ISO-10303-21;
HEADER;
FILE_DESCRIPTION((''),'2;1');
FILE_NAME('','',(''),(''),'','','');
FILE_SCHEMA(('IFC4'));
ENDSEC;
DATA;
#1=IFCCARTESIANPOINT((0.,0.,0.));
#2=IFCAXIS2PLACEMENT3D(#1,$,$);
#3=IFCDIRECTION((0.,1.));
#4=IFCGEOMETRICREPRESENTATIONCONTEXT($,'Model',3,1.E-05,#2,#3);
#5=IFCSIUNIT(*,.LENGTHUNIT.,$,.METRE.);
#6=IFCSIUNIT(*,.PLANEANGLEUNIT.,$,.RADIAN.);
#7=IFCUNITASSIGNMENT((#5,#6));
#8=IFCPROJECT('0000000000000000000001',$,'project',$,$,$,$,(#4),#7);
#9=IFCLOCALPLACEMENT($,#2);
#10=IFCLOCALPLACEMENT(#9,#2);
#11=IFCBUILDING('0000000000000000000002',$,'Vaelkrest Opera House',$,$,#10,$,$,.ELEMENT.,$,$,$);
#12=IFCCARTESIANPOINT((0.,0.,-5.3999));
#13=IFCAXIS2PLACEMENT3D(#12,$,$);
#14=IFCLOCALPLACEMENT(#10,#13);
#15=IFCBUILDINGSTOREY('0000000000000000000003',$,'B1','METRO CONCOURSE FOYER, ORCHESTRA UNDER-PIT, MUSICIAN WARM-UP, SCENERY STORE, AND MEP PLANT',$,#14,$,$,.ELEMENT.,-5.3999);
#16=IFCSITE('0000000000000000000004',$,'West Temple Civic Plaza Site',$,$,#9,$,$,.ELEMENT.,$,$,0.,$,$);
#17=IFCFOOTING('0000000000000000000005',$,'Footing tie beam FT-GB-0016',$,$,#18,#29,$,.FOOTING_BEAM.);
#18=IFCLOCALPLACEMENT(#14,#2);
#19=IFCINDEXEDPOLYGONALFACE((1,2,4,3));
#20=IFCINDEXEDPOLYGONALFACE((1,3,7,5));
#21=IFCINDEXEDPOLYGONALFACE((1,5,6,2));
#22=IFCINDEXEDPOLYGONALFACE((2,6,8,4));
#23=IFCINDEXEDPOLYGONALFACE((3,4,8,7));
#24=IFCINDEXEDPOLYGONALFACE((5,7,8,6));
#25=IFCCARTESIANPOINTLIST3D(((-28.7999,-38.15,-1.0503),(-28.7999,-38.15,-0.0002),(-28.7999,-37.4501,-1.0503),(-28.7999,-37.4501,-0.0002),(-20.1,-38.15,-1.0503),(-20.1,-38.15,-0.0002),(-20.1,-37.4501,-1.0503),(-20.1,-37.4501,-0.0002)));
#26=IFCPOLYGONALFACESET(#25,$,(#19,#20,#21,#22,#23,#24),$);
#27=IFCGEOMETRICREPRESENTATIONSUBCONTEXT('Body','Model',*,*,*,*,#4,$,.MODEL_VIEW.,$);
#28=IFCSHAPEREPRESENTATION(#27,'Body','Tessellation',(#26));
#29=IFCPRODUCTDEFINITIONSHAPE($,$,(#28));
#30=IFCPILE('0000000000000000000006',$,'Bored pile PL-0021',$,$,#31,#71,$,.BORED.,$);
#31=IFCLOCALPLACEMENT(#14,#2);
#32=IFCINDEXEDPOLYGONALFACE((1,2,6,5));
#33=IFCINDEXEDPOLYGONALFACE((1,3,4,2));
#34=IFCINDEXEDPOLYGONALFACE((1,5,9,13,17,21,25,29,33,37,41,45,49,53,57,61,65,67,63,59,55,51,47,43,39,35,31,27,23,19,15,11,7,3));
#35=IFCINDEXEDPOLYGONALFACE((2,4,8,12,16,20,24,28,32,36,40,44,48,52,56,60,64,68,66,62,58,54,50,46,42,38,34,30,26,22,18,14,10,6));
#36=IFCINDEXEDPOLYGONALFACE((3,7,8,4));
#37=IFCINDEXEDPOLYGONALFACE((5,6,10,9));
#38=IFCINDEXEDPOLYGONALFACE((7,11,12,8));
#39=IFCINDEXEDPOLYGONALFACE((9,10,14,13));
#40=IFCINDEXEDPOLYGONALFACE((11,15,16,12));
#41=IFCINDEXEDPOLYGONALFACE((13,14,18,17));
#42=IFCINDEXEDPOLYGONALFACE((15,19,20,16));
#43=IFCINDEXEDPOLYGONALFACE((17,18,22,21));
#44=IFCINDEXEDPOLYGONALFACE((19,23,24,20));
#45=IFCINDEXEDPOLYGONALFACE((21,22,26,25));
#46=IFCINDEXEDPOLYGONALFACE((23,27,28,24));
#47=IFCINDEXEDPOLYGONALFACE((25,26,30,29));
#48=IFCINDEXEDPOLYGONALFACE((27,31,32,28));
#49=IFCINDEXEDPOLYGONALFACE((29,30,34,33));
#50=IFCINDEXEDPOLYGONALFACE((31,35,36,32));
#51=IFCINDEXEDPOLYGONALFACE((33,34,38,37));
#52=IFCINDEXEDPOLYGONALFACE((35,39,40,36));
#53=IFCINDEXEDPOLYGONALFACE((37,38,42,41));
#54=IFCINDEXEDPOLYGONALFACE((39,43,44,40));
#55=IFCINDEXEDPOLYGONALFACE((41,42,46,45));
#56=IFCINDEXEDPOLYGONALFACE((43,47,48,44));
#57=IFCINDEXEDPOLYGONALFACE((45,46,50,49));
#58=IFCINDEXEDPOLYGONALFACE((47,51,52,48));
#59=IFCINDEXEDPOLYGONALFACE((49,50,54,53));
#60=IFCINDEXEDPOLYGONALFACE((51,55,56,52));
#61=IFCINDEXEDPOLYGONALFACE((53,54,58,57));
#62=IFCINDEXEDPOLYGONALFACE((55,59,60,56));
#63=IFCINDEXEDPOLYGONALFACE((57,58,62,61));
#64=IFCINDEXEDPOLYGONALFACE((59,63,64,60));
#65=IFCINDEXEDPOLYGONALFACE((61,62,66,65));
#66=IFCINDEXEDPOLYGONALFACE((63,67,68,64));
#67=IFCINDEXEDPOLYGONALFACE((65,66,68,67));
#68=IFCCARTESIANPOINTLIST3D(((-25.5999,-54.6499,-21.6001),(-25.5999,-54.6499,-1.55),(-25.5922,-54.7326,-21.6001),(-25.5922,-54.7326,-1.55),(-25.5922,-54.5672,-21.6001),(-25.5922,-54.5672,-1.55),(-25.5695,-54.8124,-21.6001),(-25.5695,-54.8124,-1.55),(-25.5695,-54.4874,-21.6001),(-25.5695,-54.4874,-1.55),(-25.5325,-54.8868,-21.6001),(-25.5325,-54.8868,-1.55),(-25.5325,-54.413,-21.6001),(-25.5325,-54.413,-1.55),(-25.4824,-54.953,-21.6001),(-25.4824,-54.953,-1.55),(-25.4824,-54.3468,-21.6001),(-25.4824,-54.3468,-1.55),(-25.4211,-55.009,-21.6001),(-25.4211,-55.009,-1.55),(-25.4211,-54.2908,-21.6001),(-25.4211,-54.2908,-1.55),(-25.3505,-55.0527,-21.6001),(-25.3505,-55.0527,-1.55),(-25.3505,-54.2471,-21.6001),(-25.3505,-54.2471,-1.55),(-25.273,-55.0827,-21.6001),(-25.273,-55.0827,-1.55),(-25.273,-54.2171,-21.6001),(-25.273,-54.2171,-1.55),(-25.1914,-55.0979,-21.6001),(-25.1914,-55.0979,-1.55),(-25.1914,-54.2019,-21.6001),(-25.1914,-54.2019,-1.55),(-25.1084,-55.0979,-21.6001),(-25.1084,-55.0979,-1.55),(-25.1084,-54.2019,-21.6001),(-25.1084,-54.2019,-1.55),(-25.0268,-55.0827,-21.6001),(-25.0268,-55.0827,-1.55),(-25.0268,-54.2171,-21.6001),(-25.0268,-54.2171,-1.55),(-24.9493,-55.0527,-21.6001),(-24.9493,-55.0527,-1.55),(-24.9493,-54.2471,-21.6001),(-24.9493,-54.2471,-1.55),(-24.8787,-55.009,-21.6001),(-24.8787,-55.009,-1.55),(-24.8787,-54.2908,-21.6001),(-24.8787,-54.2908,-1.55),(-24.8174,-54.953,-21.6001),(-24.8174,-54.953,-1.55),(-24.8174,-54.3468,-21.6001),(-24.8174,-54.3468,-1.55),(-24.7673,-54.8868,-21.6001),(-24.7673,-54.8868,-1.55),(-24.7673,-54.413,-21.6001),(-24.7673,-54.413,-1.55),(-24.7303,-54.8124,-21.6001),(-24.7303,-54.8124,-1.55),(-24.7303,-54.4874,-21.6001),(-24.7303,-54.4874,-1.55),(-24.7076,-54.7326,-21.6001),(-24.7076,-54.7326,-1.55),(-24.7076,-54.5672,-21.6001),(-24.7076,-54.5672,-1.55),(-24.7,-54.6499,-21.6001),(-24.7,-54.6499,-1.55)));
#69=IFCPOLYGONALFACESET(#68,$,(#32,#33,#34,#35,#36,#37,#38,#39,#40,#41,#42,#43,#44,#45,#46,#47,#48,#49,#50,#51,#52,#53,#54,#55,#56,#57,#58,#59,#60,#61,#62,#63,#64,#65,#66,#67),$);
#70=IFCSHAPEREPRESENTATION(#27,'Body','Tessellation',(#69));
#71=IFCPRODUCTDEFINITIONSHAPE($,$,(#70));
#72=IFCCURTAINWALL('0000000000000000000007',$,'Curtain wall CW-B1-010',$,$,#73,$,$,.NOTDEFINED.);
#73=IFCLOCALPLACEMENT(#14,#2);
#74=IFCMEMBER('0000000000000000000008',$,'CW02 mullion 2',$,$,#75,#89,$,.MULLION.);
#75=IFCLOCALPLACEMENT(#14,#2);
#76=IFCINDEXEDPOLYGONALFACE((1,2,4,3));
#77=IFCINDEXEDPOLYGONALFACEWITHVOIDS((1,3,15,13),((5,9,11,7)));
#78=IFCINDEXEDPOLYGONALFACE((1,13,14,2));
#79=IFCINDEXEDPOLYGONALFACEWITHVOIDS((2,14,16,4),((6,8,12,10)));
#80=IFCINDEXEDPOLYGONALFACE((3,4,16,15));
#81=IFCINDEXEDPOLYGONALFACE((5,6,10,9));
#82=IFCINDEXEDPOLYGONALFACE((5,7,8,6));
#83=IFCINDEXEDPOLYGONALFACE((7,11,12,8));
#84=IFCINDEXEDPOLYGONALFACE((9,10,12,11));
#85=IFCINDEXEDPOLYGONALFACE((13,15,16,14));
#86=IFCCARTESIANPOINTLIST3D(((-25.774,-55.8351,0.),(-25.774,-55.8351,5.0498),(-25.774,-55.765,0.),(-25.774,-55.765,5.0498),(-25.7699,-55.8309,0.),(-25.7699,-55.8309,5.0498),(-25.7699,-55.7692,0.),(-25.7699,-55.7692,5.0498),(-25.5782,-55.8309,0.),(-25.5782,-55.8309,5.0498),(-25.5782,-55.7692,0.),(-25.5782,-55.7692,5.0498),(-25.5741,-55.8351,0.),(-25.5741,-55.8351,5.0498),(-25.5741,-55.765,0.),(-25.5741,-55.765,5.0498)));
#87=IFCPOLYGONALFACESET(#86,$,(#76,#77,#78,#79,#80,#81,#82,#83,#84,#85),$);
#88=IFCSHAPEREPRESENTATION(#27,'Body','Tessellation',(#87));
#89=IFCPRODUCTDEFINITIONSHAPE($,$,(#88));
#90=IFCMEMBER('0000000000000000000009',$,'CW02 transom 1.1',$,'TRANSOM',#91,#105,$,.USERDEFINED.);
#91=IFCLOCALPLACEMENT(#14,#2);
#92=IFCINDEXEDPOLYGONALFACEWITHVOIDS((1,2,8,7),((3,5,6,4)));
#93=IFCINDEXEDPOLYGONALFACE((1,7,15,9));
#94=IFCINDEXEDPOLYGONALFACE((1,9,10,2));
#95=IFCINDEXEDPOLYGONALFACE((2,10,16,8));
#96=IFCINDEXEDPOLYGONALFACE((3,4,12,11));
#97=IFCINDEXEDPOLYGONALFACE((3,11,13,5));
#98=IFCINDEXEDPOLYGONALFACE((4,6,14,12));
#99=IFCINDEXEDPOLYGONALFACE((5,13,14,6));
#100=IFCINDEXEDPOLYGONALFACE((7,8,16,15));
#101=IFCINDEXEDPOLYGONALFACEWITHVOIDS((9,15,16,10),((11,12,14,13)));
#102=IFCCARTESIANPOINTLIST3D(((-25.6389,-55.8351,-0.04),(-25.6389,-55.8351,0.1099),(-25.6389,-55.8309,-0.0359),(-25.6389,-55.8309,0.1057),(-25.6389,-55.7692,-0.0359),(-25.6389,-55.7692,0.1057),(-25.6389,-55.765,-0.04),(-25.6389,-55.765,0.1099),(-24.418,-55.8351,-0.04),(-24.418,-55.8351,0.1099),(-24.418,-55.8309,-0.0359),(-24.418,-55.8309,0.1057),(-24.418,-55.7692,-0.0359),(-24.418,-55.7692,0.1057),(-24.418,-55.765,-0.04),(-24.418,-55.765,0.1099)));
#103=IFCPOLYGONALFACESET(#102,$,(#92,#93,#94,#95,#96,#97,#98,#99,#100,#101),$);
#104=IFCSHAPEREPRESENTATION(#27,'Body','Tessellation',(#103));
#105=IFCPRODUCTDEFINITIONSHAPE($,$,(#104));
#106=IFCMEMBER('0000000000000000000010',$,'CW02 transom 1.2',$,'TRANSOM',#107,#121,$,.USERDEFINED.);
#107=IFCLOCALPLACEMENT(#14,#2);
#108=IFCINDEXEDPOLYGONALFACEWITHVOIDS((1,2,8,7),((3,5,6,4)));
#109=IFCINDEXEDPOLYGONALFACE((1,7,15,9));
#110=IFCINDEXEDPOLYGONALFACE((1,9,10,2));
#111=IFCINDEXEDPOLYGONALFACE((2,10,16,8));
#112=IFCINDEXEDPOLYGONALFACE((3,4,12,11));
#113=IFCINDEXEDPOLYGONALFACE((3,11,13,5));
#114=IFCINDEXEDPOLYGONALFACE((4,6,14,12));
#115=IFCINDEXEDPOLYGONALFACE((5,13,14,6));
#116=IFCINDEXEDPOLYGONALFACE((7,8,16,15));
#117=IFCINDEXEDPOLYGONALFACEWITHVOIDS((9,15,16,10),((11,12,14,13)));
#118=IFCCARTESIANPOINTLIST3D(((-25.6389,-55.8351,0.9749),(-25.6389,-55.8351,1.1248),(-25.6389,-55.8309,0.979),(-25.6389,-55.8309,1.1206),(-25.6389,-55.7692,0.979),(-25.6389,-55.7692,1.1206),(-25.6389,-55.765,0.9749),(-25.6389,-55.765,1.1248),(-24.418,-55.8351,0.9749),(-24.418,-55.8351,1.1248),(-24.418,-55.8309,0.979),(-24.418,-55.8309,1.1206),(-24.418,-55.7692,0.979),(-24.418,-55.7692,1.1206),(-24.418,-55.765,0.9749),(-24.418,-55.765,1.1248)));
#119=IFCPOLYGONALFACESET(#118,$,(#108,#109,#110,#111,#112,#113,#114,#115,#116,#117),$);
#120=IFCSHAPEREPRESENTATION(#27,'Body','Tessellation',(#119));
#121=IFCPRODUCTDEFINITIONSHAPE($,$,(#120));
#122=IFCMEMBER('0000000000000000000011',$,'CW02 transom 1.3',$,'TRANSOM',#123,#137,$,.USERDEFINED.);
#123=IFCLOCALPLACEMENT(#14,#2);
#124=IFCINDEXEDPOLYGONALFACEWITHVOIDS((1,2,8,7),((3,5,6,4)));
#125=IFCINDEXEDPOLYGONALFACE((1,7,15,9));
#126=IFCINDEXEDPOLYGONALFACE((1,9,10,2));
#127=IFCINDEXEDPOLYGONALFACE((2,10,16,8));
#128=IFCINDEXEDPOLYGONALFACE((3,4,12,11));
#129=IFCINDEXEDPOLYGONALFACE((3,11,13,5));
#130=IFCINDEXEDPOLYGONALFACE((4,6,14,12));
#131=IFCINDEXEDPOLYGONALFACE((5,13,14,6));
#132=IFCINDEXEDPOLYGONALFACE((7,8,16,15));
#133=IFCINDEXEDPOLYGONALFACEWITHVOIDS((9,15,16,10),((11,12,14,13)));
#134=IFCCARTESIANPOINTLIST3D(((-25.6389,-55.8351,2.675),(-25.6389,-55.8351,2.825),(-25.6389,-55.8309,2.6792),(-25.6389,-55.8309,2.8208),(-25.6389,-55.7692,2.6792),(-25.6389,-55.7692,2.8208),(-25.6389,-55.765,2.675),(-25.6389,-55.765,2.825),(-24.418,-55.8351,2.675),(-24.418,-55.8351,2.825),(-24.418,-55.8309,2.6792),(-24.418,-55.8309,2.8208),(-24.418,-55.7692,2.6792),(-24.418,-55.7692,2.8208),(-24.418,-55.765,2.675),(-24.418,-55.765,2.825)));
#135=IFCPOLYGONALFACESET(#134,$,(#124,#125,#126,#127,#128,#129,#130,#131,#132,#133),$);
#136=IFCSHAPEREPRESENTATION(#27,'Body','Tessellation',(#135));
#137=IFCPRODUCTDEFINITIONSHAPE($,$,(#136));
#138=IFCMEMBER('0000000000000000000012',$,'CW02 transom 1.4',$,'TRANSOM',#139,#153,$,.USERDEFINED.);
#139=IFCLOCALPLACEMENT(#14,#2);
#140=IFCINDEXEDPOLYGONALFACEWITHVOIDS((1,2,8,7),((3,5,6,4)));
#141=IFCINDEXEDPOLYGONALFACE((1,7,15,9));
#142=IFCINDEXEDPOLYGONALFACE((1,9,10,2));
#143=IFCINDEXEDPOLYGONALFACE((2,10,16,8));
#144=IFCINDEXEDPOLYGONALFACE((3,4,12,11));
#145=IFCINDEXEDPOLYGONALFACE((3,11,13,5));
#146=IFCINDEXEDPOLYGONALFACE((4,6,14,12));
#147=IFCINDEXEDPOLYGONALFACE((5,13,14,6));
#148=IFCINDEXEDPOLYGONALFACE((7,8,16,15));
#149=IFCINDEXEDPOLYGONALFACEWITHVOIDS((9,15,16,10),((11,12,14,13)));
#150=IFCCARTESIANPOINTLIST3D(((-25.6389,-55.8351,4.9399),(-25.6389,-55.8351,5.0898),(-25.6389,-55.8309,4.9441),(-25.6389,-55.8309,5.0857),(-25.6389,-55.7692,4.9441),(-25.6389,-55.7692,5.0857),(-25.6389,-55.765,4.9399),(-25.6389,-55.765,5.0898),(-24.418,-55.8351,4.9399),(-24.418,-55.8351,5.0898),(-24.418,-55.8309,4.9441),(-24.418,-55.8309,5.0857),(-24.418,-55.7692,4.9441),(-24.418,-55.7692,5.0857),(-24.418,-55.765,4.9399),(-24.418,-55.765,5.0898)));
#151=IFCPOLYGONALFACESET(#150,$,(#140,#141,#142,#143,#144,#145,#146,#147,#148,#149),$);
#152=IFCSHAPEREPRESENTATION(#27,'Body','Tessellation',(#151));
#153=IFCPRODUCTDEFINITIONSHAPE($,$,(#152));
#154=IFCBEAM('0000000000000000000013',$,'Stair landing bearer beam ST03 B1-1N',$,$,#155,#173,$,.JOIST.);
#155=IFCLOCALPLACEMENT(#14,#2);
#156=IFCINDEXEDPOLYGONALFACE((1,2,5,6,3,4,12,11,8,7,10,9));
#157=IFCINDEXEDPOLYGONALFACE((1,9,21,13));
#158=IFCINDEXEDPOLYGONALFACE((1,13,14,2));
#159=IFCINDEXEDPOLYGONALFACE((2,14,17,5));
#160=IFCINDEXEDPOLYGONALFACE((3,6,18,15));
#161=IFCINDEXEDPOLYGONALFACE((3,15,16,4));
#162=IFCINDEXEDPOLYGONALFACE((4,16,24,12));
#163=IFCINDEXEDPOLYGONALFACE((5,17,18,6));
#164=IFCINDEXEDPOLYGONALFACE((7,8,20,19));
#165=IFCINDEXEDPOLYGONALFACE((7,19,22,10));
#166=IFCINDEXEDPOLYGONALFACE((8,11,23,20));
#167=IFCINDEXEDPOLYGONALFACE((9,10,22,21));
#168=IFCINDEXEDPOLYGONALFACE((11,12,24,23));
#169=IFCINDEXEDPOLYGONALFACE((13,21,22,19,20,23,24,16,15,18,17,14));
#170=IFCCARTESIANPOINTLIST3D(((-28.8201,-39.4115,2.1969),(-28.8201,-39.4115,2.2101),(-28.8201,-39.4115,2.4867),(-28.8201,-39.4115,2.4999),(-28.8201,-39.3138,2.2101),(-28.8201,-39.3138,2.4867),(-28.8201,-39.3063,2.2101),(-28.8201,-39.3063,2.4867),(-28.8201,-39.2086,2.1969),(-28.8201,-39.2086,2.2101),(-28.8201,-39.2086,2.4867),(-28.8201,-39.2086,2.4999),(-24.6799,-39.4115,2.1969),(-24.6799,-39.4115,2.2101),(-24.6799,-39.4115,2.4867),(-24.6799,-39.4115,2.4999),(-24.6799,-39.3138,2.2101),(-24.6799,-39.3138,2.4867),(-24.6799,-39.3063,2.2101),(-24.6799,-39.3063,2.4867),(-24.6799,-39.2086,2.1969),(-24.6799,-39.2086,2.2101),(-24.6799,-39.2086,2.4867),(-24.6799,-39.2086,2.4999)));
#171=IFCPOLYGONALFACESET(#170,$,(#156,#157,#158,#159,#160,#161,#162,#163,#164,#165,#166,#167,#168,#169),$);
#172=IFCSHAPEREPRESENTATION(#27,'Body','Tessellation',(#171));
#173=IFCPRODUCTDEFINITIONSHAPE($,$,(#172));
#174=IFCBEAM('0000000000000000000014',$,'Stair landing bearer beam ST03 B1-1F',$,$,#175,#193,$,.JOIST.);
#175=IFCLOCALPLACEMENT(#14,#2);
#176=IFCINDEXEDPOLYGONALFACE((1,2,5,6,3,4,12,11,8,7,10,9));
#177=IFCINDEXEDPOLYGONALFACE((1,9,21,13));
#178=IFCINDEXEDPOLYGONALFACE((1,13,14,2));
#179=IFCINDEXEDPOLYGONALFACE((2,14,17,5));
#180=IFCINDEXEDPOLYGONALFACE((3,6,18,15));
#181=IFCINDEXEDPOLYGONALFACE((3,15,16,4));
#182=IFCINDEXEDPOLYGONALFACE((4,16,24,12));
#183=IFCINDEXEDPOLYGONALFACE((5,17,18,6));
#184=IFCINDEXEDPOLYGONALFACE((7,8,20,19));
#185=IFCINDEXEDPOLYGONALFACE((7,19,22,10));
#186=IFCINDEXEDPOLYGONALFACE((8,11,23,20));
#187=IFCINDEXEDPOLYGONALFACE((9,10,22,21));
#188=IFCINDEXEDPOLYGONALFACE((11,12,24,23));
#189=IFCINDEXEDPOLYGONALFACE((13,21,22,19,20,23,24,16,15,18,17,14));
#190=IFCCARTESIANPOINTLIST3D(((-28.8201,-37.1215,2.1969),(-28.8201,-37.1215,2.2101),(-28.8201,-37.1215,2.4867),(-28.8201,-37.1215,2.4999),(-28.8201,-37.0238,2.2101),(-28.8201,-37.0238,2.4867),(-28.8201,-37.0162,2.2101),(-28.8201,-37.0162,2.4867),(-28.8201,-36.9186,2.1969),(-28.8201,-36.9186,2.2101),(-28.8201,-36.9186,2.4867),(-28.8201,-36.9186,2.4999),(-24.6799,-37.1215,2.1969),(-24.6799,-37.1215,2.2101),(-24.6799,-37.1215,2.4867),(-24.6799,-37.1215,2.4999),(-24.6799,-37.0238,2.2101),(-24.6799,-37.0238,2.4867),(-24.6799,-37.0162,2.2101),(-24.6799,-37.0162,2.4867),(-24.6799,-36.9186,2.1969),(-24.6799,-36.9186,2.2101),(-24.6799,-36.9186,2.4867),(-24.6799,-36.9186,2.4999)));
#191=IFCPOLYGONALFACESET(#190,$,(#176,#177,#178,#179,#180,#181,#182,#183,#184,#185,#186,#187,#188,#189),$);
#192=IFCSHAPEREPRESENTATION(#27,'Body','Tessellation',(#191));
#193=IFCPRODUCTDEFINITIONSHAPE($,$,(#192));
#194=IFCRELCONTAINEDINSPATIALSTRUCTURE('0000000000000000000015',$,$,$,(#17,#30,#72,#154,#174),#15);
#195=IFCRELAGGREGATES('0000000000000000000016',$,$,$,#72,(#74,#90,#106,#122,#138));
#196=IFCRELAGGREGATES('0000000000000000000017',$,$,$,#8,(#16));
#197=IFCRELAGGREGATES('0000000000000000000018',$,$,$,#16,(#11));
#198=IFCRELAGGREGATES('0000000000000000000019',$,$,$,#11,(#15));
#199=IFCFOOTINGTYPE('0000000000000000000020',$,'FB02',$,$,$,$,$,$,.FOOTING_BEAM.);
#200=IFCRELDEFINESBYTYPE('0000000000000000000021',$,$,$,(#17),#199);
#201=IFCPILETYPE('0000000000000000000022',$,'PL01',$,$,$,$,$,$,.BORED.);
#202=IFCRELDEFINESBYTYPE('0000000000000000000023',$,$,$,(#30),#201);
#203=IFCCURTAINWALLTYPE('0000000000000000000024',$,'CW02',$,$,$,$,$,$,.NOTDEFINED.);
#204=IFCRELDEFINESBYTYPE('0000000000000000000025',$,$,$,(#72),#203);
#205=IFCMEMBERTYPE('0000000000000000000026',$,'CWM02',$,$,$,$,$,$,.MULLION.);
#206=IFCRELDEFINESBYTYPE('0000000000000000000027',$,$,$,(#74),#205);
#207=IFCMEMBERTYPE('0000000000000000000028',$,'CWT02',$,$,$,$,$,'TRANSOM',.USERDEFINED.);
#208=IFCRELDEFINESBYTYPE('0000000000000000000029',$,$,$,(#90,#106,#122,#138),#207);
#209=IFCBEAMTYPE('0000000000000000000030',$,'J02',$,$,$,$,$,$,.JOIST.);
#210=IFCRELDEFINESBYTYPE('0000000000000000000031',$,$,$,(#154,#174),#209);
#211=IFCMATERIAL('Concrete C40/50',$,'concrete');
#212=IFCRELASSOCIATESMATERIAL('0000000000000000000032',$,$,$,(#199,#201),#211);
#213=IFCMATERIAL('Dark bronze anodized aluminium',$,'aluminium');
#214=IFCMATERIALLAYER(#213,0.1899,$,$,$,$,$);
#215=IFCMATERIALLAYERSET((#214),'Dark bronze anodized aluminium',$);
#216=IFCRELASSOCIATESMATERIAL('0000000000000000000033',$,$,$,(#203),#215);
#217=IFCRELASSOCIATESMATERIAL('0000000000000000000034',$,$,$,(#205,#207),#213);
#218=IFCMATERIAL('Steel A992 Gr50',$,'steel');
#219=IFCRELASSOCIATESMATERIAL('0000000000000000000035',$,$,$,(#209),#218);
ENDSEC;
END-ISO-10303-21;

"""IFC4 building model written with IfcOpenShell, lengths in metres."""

from ifc_helpers import new_model, si_unit, direction, frame, origin, origin_2d, place, context, subcontext, project, spatial, rectangle, hollow_rectangle, circle, i_section, extrude, material, layer, layer_set, material_profile, profile_set, type_object, element, aggregate, save


model = new_model("IFC4")

# Units and contexts
model_context = context("Model", 3, precision=1e-05, world=origin(), true_north=direction((0.0, 1.0)))
body_context = subcontext(model_context, "Body", "Model", "MODEL_VIEW")
ifc_project = project(units=[si_unit("LENGTHUNIT", "METRE"), si_unit("PLANEANGLEUNIT", "RADIAN")], contexts=[model_context])

# Site, building, storey
site_placement = place(None, origin())
site = spatial("IfcSite", under=ifc_project, at=site_placement, Name="West Temple Civic Plaza Site", CompositionType="ELEMENT", RefElevation=0.0)
building_placement = place(site_placement, origin())
building = spatial("IfcBuilding", under=site, at=building_placement, Name="Vaelkrest Opera House", CompositionType="ELEMENT")
storey_placement = place(building_placement, frame((0.0, 0.0, -5.3999)))
storey = spatial("IfcBuildingStorey", under=building, at=storey_placement, Name="B1", Description="METRO CONCOURSE FOYER, ORCHESTRA UNDER-PIT, MUSICIAN WARM-UP, SCENERY STORE, AND MEP PLANT", CompositionType="ELEMENT", Elevation=-5.3999)

# Footing
ifc_material_1 = material(Name="Concrete C40/50", Category="concrete")
footing_type = type_object("IfcFootingType", Name="FB02", PredefinedType="FOOTING_BEAM", material=ifc_material_1)
footing_placement = place(storey_placement, frame((-24.45, -37.8, -1.0503), z_axis=(0.0, 0.0, 1.0), x_axis=(1.0, 0.0, 0.0)))
element("IfcFooting", 1, at=footing_placement, inside=storey, type_object=footing_type, Name="Footing tie beam FT-GB-0016", PredefinedType="FOOTING_BEAM", context=body_context, shape_type="SweptSolid", body=[
    extrude(rectangle(XDim=8.7, YDim=0.7, at=origin_2d()), origin(), (0.0, 0.0, 1.0), 1.05),
])

# Pile
ifc_material_profile_1 = material_profile(ifc_material_1, circle(Radius=0.45, at=origin_2d()), Name="PILE900")
ifc_profile_set_1 = profile_set([ifc_material_profile_1], Name="Concrete C40/50")
pile_type = type_object("IfcPileType", Name="PL01", PredefinedType="BORED", material=ifc_profile_set_1)
pile_placement = place(storey_placement, frame((-25.1499, -54.6499, -1.55), z_axis=(0.0, 0.0, -1.0), x_axis=(1.0, 0.0, 0.0)))
element("IfcPile", 2, at=pile_placement, inside=storey, type_object=pile_type, Name="Bored pile PL-0021", PredefinedType="BORED", context=body_context, shape_type="SweptSolid", body=[
    extrude(circle(Radius=0.45, at=origin_2d()), origin(), (0.0, 0.0, 1.0), 20.05),
])

# Curtain wall, members
ifc_material_2 = material(Name="Dark bronze anodized aluminium", Category="aluminium")
ifc_layer_1 = layer(ifc_material_2, 0.1899)
ifc_layer_set_1 = layer_set([ifc_layer_1], Name="Dark bronze anodized aluminium")
curtain_wall_type = type_object("IfcCurtainWallType", Name="CW02", PredefinedType="NOTDEFINED", material=ifc_layer_set_1)
curtain_wall_placement = place(storey_placement, origin())
curtain_wall = element("IfcCurtainWall", 3, at=curtain_wall_placement, inside=storey, type_object=curtain_wall_type, Name="Curtain wall CW-B1-010", PredefinedType="NOTDEFINED")
ifc_material_profile_2 = material_profile(ifc_material_2, hollow_rectangle(XDim=0.0701, YDim=0.2, WallThickness=0.0042, at=origin_2d()), Name="CWM70X200")
ifc_profile_set_2 = profile_set([ifc_material_profile_2], Name="Dark bronze anodized aluminium")
member_type_1 = type_object("IfcMemberType", Name="CWM02", PredefinedType="MULLION", material=ifc_profile_set_2)
member_1_placement = place(storey_placement, frame((-25.6741, -55.8, 0.0), z_axis=(0.0, 0.0, 1.0), x_axis=(0.0, -1.0, 0.0)))
member_1 = element("IfcMember", 4, at=member_1_placement, type_object=member_type_1, Name="CW02 mullion 2", PredefinedType="MULLION", context=body_context, shape_type="SweptSolid", body=[
    extrude(hollow_rectangle(XDim=0.0701, YDim=0.2, WallThickness=0.0042, at=origin_2d()), origin(), (0.0, 0.0, 1.0), 5.0498),
])
ifc_material_profile_3 = material_profile(ifc_material_2, hollow_rectangle(XDim=0.0701, YDim=0.1499, WallThickness=0.0042, at=origin_2d()), Name="CWT70X150")
ifc_profile_set_3 = profile_set([ifc_material_profile_3], Name="Dark bronze anodized aluminium")
member_type_2 = type_object("IfcMemberType", Name="CWT02", ElementType="TRANSOM", PredefinedType="USERDEFINED", material=ifc_profile_set_3)
member_2_placement = place(storey_placement, frame((-24.418, -55.8, 0.0349), z_axis=(-1.0, 0.0, 0.0), x_axis=(0.0, -1.0, 0.0)))
member_2 = element("IfcMember", 5, at=member_2_placement, type_object=member_type_2, Name="CW02 transom 1.1", ObjectType="TRANSOM", PredefinedType="USERDEFINED", context=body_context, shape_type="SweptSolid", body=[
    extrude(hollow_rectangle(XDim=0.0701, YDim=0.1499, WallThickness=0.0042, at=origin_2d()), origin(), (0.0, 0.0, 1.0), 1.2209),
])
member_3_placement = place(storey_placement, frame((-24.418, -55.8, 1.0498), z_axis=(-1.0, 0.0, 0.0), x_axis=(0.0, -1.0, 0.0)))
member_3 = element("IfcMember", 6, at=member_3_placement, type_object=member_type_2, Name="CW02 transom 1.2", ObjectType="TRANSOM", PredefinedType="USERDEFINED", context=body_context, shape_type="SweptSolid", body=[
    extrude(hollow_rectangle(XDim=0.0701, YDim=0.1499, WallThickness=0.0042, at=origin_2d()), origin(), (0.0, 0.0, 1.0), 1.2209),
])
member_4_placement = place(storey_placement, frame((-24.418, -55.8, 2.75), z_axis=(-1.0, 0.0, 0.0), x_axis=(0.0, -1.0, 0.0)))
member_4 = element("IfcMember", 7, at=member_4_placement, type_object=member_type_2, Name="CW02 transom 1.3", ObjectType="TRANSOM", PredefinedType="USERDEFINED", context=body_context, shape_type="SweptSolid", body=[
    extrude(hollow_rectangle(XDim=0.0701, YDim=0.1499, WallThickness=0.0042, at=origin_2d()), origin(), (0.0, 0.0, 1.0), 1.2209),
])
member_5_placement = place(storey_placement, frame((-24.418, -55.8, 5.0149), z_axis=(-1.0, 0.0, 0.0), x_axis=(0.0, -1.0, 0.0)))
member_5 = element("IfcMember", 8, at=member_5_placement, type_object=member_type_2, Name="CW02 transom 1.4", ObjectType="TRANSOM", PredefinedType="USERDEFINED", context=body_context, shape_type="SweptSolid", body=[
    extrude(hollow_rectangle(XDim=0.0701, YDim=0.1499, WallThickness=0.0042, at=origin_2d()), origin(), (0.0, 0.0, 1.0), 1.2209),
])

# Beams
ifc_material_3 = material(Name="Steel A992 Gr50", Category="steel")
ifc_material_profile_4 = material_profile(ifc_material_3, i_section(OverallWidth=0.2029, OverallDepth=0.303, WebThickness=0.0076, FlangeThickness=0.0132, at=origin_2d()), Name="W12X40")
ifc_profile_set_4 = profile_set([ifc_material_profile_4], Name="Steel A992 Gr50")
beam_type = type_object("IfcBeamType", Name="J02", PredefinedType="JOIST", material=ifc_profile_set_4)
for number, where, z_axis, x_axis, name in (
    (9, (-28.8201, -39.3101, 2.3484), (1.0, 0.0, 0.0), (0.0, 1.0, 0.0), "Stair landing bearer beam ST03 B1-1N"),
    (10, (-28.8201, -37.02, 2.3484), (1.0, 0.0, 0.0), (0.0, 1.0, 0.0), "Stair landing bearer beam ST03 B1-1F"),
):
    element("IfcBeam", number, at=place(storey_placement, frame(where, z_axis=z_axis, x_axis=x_axis)), inside=storey, type_object=beam_type, Name=name, PredefinedType="JOIST", context=body_context, shape_type="SweptSolid", body=[
        extrude(i_section(OverallWidth=0.2029, OverallDepth=0.303, WebThickness=0.0076, FlangeThickness=0.0132, at=origin_2d()), origin(), (0.0, 0.0, 1.0), 4.1401),
    ])

aggregate(curtain_wall, [member_1, member_2, member_3, member_4, member_5])

save(model, "model.ifc")
